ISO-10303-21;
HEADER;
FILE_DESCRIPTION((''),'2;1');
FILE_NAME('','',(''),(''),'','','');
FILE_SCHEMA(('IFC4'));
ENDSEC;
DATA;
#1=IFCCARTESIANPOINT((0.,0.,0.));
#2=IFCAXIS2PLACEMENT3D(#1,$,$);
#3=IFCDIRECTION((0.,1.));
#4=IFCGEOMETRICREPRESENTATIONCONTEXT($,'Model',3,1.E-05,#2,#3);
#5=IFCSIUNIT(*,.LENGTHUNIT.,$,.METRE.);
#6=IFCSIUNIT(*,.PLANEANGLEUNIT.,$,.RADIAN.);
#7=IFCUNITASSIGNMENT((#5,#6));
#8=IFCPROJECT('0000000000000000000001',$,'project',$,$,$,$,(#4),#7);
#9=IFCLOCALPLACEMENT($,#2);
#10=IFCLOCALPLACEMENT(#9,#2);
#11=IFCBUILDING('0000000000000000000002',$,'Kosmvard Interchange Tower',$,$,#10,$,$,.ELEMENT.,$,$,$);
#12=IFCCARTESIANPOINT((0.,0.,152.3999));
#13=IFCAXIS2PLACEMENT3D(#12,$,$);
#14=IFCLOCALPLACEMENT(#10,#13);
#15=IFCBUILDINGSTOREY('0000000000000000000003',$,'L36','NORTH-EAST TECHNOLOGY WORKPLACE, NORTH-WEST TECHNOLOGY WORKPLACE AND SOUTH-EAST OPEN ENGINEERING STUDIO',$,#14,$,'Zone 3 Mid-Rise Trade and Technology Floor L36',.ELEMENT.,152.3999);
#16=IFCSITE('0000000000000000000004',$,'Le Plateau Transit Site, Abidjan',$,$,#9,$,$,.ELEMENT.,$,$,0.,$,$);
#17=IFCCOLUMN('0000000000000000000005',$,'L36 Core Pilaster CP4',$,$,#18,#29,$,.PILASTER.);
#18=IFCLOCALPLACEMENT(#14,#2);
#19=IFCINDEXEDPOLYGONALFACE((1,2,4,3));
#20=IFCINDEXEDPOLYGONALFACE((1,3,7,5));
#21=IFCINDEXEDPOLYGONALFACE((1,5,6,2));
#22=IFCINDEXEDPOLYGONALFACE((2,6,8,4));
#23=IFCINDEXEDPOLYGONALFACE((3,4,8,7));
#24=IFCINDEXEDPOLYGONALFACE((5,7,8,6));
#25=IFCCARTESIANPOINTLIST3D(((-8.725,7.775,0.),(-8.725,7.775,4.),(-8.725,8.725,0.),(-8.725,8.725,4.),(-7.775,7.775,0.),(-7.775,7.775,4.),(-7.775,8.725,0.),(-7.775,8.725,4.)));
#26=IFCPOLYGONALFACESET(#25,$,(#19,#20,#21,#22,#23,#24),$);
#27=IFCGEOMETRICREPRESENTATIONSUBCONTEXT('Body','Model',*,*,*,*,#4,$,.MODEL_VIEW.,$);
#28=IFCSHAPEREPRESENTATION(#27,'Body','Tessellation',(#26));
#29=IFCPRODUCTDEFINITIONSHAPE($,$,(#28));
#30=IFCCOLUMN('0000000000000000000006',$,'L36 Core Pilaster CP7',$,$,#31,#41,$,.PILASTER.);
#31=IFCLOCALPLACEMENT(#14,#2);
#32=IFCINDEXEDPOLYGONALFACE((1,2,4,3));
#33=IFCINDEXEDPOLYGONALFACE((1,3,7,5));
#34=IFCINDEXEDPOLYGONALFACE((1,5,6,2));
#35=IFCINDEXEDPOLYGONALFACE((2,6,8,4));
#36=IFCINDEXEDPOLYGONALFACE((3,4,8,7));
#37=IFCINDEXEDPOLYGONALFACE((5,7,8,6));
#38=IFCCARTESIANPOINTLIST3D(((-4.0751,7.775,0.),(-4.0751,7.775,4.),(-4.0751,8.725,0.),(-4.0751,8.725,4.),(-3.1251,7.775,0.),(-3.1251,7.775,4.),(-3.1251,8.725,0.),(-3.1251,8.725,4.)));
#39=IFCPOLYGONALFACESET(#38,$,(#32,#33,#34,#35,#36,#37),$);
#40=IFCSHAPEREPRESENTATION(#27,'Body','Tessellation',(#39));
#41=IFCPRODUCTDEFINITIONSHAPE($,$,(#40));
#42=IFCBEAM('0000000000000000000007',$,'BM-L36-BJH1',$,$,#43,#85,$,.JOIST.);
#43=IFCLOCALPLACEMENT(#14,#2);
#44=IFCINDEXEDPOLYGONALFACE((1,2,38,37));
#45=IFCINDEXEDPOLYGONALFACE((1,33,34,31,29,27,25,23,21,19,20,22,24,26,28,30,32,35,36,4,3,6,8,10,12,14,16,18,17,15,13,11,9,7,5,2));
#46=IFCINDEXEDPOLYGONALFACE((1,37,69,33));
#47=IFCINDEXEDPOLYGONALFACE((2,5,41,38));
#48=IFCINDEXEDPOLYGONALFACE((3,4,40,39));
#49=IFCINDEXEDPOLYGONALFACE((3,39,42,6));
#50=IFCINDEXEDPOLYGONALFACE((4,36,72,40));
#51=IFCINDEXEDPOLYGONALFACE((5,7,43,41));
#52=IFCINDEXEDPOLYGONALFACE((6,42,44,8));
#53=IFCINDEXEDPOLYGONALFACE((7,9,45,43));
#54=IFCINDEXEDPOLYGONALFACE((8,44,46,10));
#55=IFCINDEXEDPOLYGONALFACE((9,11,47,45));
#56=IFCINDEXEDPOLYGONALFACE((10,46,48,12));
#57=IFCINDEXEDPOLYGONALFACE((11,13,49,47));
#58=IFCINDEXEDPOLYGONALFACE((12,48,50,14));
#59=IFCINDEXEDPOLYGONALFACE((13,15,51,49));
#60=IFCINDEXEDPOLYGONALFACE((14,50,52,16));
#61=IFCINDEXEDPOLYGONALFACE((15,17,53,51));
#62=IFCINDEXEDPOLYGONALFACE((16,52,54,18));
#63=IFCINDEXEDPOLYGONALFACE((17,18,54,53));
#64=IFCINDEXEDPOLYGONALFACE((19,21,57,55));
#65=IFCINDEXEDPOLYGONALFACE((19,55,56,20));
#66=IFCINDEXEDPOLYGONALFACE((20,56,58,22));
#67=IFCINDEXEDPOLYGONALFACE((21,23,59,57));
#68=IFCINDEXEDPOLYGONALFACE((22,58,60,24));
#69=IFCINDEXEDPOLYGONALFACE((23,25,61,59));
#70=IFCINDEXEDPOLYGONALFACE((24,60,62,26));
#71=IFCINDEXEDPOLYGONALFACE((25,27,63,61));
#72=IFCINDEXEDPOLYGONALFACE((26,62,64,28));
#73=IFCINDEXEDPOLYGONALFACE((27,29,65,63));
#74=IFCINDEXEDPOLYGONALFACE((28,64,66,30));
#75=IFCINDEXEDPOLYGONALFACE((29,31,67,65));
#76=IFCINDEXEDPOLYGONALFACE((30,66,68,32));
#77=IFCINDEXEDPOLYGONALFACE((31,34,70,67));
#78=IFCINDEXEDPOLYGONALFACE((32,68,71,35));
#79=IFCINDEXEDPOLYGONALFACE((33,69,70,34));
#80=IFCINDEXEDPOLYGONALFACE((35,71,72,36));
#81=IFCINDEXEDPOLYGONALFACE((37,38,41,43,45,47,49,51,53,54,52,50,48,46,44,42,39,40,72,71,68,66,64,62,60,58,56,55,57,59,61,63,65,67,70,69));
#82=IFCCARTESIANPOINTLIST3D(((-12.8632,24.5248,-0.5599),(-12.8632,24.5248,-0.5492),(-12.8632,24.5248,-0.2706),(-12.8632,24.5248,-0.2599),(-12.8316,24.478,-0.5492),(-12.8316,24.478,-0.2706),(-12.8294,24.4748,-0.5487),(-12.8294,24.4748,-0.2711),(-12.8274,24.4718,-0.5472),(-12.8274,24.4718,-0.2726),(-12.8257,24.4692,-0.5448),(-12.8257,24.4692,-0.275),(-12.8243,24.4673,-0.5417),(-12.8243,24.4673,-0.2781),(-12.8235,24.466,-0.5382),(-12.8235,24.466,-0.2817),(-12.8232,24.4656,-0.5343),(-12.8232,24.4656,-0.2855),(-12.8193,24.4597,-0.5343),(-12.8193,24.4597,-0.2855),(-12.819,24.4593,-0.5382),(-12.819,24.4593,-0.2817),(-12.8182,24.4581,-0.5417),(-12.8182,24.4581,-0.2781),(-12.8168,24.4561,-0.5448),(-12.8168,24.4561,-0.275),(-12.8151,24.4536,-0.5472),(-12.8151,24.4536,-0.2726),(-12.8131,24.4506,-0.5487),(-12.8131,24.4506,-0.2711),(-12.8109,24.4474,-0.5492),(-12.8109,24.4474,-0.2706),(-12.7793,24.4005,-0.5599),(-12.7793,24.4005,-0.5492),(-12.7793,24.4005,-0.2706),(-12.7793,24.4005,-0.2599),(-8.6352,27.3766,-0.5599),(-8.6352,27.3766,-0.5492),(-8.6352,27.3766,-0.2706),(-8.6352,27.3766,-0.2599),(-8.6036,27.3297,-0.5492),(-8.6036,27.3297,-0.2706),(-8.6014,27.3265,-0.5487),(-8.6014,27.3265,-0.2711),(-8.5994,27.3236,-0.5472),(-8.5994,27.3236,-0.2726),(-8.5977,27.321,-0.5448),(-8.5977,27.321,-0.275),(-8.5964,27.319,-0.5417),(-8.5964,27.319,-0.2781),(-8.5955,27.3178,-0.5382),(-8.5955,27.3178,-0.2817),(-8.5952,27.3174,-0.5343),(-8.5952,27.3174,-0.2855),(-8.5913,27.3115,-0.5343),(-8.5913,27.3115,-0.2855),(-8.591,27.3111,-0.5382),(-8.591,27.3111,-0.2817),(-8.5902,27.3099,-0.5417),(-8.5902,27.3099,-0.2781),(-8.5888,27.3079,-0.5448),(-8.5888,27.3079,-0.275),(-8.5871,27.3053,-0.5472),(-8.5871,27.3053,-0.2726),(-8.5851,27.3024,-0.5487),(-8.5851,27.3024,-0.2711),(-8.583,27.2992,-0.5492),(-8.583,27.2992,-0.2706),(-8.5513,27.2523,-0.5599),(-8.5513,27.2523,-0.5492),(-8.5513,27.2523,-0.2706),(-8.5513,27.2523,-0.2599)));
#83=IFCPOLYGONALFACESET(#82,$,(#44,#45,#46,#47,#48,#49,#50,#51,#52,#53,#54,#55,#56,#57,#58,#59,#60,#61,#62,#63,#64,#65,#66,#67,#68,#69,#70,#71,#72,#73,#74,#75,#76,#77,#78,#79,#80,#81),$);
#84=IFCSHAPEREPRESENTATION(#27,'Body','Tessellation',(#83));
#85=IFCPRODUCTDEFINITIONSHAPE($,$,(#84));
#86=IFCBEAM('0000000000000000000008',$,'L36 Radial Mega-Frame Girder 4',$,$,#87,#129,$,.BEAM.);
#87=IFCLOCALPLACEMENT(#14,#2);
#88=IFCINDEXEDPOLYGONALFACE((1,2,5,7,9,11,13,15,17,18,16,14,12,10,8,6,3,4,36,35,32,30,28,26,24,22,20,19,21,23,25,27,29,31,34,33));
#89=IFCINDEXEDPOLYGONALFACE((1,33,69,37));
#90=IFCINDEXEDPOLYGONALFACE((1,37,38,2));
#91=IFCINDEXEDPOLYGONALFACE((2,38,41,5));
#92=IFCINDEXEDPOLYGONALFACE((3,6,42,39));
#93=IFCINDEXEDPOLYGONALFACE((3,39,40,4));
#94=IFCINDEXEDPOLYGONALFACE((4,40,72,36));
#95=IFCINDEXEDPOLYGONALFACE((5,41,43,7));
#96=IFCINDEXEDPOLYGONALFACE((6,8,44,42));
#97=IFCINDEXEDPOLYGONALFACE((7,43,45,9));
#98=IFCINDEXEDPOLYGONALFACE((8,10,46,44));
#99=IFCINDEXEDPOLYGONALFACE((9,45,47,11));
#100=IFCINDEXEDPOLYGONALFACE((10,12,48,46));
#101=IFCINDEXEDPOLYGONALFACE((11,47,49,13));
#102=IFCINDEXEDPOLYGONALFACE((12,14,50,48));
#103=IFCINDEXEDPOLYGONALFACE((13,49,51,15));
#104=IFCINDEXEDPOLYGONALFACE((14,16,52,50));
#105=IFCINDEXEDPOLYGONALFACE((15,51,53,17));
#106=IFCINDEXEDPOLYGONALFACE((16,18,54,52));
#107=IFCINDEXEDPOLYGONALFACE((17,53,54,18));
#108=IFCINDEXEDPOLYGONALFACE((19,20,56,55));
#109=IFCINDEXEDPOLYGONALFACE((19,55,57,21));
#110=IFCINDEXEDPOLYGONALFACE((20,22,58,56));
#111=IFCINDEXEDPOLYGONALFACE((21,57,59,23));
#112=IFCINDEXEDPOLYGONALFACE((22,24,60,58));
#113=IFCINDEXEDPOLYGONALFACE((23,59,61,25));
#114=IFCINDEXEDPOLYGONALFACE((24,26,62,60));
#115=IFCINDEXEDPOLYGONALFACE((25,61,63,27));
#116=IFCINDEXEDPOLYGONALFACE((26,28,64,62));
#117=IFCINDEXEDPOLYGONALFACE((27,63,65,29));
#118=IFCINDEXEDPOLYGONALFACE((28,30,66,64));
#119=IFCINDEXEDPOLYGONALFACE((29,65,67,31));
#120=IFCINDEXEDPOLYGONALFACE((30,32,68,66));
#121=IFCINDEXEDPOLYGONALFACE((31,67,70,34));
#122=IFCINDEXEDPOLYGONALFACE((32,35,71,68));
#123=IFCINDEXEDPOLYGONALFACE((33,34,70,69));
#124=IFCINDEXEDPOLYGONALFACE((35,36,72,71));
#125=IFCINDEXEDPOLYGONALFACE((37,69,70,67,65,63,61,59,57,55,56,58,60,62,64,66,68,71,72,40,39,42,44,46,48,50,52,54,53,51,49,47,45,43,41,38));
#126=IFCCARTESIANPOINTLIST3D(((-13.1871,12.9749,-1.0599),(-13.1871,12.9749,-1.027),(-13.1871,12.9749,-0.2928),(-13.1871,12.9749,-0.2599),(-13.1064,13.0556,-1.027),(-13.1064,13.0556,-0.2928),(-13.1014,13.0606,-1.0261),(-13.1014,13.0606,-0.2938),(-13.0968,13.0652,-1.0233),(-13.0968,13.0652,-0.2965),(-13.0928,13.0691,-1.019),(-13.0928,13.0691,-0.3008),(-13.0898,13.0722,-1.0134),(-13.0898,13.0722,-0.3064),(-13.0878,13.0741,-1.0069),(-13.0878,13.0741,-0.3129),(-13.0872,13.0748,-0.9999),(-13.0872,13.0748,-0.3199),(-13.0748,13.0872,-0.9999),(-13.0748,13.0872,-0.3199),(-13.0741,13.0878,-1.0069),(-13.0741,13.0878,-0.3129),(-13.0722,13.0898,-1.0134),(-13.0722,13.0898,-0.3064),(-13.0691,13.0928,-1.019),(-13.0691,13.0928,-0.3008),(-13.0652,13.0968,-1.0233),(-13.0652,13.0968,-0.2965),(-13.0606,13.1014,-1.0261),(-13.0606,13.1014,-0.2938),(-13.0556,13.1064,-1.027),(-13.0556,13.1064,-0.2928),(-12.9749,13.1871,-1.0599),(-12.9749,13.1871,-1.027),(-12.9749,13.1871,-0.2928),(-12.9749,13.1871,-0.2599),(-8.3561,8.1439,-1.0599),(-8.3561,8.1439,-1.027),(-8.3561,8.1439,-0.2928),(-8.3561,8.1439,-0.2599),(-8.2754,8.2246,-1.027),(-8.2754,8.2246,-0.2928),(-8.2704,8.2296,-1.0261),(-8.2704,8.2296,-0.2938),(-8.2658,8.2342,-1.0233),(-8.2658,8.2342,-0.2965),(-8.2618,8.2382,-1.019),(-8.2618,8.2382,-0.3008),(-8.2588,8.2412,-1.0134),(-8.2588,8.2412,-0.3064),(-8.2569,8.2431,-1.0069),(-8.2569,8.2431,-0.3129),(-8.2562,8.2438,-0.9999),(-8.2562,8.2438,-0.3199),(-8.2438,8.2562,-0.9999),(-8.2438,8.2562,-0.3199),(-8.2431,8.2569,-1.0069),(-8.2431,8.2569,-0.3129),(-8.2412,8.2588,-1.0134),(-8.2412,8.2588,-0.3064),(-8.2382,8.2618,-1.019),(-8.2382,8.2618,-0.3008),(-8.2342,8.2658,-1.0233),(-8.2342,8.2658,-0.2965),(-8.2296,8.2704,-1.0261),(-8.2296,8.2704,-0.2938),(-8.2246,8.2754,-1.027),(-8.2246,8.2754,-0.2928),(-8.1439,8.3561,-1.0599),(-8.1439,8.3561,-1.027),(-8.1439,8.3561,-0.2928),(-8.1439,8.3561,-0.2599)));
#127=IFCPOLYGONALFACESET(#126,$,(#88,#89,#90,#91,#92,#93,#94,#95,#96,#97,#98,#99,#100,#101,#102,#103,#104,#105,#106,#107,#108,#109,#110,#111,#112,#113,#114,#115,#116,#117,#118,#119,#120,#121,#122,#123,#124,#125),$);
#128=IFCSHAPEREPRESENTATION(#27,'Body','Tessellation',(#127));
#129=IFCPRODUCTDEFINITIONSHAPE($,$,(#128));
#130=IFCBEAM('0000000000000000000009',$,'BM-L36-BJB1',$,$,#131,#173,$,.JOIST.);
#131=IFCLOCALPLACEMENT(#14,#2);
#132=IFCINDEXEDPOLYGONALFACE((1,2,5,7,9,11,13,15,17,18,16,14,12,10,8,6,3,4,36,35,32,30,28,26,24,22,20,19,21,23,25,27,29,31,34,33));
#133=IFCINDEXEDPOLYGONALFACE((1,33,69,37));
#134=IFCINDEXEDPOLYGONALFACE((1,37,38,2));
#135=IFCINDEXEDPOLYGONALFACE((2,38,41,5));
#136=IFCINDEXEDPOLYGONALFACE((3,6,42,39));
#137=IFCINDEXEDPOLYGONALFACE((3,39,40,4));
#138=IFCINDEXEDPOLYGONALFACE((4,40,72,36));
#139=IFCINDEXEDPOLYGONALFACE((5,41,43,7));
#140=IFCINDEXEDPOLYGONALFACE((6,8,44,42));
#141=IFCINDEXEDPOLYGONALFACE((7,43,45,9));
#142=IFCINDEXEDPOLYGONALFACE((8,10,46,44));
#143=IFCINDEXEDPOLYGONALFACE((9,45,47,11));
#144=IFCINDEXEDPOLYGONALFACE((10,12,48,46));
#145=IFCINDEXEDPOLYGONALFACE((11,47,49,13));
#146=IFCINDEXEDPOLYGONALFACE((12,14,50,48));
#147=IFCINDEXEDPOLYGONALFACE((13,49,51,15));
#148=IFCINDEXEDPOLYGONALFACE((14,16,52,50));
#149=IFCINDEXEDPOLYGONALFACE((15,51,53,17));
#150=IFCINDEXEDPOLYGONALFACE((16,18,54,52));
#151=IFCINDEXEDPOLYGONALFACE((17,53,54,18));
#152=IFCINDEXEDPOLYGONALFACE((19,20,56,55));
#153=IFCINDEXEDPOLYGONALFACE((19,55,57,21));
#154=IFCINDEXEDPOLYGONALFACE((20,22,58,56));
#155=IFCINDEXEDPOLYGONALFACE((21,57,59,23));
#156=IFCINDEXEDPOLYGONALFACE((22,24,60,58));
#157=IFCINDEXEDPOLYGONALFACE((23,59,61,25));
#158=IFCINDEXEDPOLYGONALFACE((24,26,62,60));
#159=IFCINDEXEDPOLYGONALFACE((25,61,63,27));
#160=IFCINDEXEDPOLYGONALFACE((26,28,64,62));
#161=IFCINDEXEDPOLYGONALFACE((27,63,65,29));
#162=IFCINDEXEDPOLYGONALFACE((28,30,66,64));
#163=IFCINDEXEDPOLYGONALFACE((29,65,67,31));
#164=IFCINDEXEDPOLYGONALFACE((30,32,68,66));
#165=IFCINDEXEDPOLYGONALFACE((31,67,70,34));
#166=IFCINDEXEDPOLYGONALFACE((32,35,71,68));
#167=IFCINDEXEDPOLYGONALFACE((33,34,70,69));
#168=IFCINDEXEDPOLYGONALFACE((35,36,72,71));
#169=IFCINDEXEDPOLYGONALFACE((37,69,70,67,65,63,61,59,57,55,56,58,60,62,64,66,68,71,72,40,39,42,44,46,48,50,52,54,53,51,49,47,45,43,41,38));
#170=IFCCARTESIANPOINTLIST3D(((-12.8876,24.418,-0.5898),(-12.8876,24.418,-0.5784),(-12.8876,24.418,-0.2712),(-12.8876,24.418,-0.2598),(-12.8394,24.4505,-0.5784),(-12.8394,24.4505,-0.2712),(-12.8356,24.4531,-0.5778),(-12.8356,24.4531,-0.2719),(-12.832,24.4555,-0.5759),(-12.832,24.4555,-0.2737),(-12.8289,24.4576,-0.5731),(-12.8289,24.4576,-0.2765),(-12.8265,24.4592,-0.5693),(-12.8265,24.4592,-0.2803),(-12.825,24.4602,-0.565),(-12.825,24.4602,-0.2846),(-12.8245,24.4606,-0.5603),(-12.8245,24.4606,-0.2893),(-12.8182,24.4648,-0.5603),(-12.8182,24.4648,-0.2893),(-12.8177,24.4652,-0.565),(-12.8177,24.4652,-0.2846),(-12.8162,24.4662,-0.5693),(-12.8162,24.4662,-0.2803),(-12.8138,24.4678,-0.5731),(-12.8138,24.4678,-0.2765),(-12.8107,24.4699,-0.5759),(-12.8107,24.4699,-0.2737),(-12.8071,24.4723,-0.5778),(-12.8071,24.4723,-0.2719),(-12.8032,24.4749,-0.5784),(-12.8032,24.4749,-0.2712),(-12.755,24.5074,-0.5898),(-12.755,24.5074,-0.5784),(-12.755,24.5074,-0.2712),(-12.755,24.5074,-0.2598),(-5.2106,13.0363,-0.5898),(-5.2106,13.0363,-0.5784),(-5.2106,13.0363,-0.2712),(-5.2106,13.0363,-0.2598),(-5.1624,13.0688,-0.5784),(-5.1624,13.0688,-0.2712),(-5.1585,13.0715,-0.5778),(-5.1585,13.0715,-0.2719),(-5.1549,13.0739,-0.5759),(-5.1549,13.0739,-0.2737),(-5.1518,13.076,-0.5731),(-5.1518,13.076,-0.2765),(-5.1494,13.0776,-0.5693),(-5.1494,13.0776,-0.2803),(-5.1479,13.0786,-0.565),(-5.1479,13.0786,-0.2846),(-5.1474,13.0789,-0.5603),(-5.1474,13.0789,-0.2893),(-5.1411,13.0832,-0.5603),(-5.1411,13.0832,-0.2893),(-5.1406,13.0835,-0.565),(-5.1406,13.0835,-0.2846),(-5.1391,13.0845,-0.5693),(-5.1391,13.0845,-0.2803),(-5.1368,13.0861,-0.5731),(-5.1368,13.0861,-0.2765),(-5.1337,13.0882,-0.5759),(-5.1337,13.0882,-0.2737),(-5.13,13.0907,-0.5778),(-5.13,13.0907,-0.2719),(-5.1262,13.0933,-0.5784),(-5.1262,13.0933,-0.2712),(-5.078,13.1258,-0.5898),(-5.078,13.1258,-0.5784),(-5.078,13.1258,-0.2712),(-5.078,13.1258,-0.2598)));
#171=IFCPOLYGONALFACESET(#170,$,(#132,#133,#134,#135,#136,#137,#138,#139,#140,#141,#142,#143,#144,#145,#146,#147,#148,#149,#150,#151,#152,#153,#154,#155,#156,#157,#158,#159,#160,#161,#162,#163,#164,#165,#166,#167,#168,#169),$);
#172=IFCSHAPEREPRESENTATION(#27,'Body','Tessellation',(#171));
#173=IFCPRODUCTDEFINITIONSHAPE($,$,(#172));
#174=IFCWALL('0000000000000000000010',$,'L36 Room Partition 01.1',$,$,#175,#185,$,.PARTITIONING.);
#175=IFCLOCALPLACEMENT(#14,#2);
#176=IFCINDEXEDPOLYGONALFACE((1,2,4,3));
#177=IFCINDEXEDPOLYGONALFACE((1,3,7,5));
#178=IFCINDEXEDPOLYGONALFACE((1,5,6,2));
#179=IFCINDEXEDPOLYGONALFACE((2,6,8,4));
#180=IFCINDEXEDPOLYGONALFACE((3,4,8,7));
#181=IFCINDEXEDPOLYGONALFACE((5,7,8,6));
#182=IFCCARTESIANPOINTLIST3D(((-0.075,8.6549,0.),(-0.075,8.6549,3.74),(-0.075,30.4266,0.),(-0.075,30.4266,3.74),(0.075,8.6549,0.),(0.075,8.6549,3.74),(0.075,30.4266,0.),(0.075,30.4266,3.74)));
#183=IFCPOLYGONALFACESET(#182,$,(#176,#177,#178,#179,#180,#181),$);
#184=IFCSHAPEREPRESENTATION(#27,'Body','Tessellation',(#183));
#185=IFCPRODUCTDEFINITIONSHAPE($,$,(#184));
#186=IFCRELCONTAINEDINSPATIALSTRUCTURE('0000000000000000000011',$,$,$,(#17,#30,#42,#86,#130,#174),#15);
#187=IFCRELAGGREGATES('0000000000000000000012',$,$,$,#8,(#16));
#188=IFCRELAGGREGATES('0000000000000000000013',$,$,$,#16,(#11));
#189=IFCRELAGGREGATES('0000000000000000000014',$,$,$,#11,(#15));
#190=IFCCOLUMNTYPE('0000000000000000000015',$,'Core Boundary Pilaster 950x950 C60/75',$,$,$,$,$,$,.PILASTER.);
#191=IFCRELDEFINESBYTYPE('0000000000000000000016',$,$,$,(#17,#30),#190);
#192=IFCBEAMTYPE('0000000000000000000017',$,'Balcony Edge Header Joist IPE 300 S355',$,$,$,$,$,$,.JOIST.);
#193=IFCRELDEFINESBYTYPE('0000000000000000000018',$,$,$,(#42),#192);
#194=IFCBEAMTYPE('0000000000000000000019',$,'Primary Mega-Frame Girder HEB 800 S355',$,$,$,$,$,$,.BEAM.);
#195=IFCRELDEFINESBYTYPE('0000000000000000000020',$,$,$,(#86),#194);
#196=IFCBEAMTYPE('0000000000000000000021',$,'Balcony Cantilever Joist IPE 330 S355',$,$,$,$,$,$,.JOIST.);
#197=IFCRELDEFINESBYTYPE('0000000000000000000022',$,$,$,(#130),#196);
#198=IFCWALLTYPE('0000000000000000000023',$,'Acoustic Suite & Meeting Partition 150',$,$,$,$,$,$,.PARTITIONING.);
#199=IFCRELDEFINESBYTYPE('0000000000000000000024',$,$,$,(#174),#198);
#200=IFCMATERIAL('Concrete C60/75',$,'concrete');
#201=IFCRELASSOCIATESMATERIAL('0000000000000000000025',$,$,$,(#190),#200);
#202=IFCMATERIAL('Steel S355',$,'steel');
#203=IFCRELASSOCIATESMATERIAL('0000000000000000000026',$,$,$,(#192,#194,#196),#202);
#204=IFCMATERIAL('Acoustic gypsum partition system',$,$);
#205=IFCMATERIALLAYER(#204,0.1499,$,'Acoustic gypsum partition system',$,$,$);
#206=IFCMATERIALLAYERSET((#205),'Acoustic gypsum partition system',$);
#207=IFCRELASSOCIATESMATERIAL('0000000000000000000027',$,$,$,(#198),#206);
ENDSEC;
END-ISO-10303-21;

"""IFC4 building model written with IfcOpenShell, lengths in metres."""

from ifc_helpers import new_model, si_unit, direction, frame, frame_2d, origin, origin_2d, place, context, subcontext, project, spatial, rectangle, i_section, extrude, source, transform, mapped, material, layer, layer_set, material_profile, profile_set, type_object, element, save


model = new_model("IFC4")

# Units and contexts
model_context = context("Model", 3, precision=1e-05, world=origin(), true_north=direction((0.0, 1.0)))
body_context = subcontext(model_context, "Body", "Model", "MODEL_VIEW")
ifc_project = project(units=[si_unit("LENGTHUNIT", "METRE"), si_unit("PLANEANGLEUNIT", "RADIAN")], contexts=[model_context])

# Site, building, storey
site_placement = place(None, origin())
site = spatial("IfcSite", under=ifc_project, at=site_placement, Name="Le Plateau Transit Site, Abidjan", CompositionType="ELEMENT", RefElevation=0.0)
building_placement = place(site_placement, origin())
building = spatial("IfcBuilding", under=site, at=building_placement, Name="Kosmvard Interchange Tower", CompositionType="ELEMENT")
storey_placement = place(building_placement, frame((0.0, 0.0, 152.3999)))
storey = spatial("IfcBuildingStorey", under=building, at=storey_placement, Name="L36", Description="NORTH-EAST TECHNOLOGY WORKPLACE, NORTH-WEST TECHNOLOGY WORKPLACE AND SOUTH-EAST OPEN ENGINEERING STUDIO", LongName="Zone 3 Mid-Rise Trade and Technology Floor L36", CompositionType="ELEMENT", Elevation=152.3999)

# Columns
ifc_material_1 = material(Name="Concrete C60/75", Category="concrete")
ifc_material_profile_1 = material_profile(ifc_material_1, rectangle(XDim=0.95, YDim=0.95, at=origin_2d()), Name="CP 950x950")
ifc_profile_set_1 = profile_set([ifc_material_profile_1], Name="Concrete C60/75")
column_type = type_object("IfcColumnType", Name="Core Boundary Pilaster 950x950 C60/75", PredefinedType="PILASTER", material=ifc_profile_set_1)
shared_shape_1 = source(origin(), body_context, "Body", "SweptSolid", [
    extrude(rectangle(XDim=0.95, YDim=0.95, at=origin_2d()), origin(), (0.0, 0.0, 1.0), 4.0),
])
for number, where, z_axis, x_axis, name in (
    (1, (-8.25, 8.25, 0.0), (0.0, 0.0, 1.0), (1.0, 0.0, 0.0), "L36 Core Pilaster CP4"),
    (2, (-3.6001, 8.25, 0.0), (0.0, 0.0, 1.0), (1.0, 0.0, 0.0), "L36 Core Pilaster CP7"),
):
    element("IfcColumn", number, at=place(storey_placement, frame(where, z_axis=z_axis, x_axis=x_axis)), inside=storey, type_object=column_type, Name=name, PredefinedType="PILASTER", context=body_context, shape_type="MappedRepresentation", body=[
        mapped(shared_shape_1, transform((0.0, 0.0, 0.0), scale=1.0)),
    ])

# Beams
ifc_material_2 = material(Name="Steel S355", Category="steel")
ifc_material_profile_2 = material_profile(ifc_material_2, i_section(OverallWidth=0.1499, OverallDepth=0.3, WebThickness=0.0071, FlangeThickness=0.0107, FilletRadius=0.0149, at=origin_2d()), Name="IPE 300")
ifc_profile_set_2 = profile_set([ifc_material_profile_2], Name="Steel S355")
beam_type_1 = type_object("IfcBeamType", Name="Balcony Edge Header Joist IPE 300 S355", PredefinedType="JOIST", material=ifc_profile_set_2)
shared_shape_2 = source(origin(), body_context, "Body", "SweptSolid", [
    extrude(i_section(OverallWidth=0.1499, OverallDepth=0.3, WebThickness=0.0071, FlangeThickness=0.0107, FilletRadius=0.0149, at=origin_2d()), origin(), (0.0, 0.0, 1.0), 5.0999),
])
beam_1_placement = place(storey_placement, frame((-8.5933, 27.3145, -0.4099), z_axis=(-0.829041, -0.559188, 0.0), x_axis=(0.559188, -0.829041, 0.0)))
element("IfcBeam", 3, at=beam_1_placement, inside=storey, type_object=beam_type_1, Name="BM-L36-BJH1", PredefinedType="JOIST", context=body_context, shape_type="MappedRepresentation", body=[
    mapped(shared_shape_2, transform((0.0, 0.0, 0.0), scale=1.0)),
])
ifc_material_profile_3 = material_profile(ifc_material_2, i_section(OverallWidth=0.3, OverallDepth=0.8, WebThickness=0.0176, FlangeThickness=0.033, FilletRadius=0.0271, at=origin_2d()), Name="HEB 800")
ifc_profile_set_3 = profile_set([ifc_material_profile_3], Name="Steel S355")
beam_type_2 = type_object("IfcBeamType", Name="Primary Mega-Frame Girder HEB 800 S355", PredefinedType="BEAM", material=ifc_profile_set_3)
shared_shape_3 = source(origin(), body_context, "Body", "SweptSolid", [
    extrude(i_section(OverallWidth=0.3, OverallDepth=0.8, WebThickness=0.0176, FlangeThickness=0.033, FilletRadius=0.0271, at=origin_2d()), origin(), (0.0, 0.0, 1.0), 6.832),
])
beam_2_placement = place(storey_placement, frame((-8.25, 8.25, -0.6599), z_axis=(-0.707107, 0.707107, 0.0), x_axis=(-0.707107, -0.707107, 0.0)))
element("IfcBeam", 4, at=beam_2_placement, inside=storey, type_object=beam_type_2, Name="L36 Radial Mega-Frame Girder 4", PredefinedType="BEAM", context=body_context, shape_type="MappedRepresentation", body=[
    mapped(shared_shape_3, transform((0.0, 0.0, 0.0), scale=1.0)),
])
ifc_material_profile_4 = material_profile(ifc_material_2, i_section(OverallWidth=0.1599, OverallDepth=0.3301, WebThickness=0.0076, FlangeThickness=0.0115, FilletRadius=0.0181, at=origin_2d()), Name="IPE 330")
ifc_profile_set_4 = profile_set([ifc_material_profile_4], Name="Steel S355")
beam_type_3 = type_object("IfcBeamType", Name="Balcony Cantilever Joist IPE 330 S355", PredefinedType="JOIST", material=ifc_profile_set_4)
shared_shape_4 = source(origin(), body_context, "Body", "SweptSolid", [
    extrude(i_section(OverallWidth=0.1599, OverallDepth=0.3301, WebThickness=0.0076, FlangeThickness=0.0115, FilletRadius=0.0181, at=origin_2d()), origin(), (0.0, 0.0, 1.0), 13.7288),
])
beam_3_placement = place(storey_placement, frame((-5.1443, 13.0811, -0.4248), z_axis=(-0.559194, 0.829037, 0.0), x_axis=(-0.829037, -0.559194, 0.0)))
element("IfcBeam", 5, at=beam_3_placement, inside=storey, type_object=beam_type_3, Name="BM-L36-BJB1", PredefinedType="JOIST", context=body_context, shape_type="MappedRepresentation", body=[
    mapped(shared_shape_4, transform((0.0, 0.0, 0.0), scale=1.0)),
])

# Wall
ifc_material_3 = material(Name="Acoustic gypsum partition system")
ifc_layer_1 = layer(ifc_material_3, 0.1499, Name="Acoustic gypsum partition system")
ifc_layer_set_1 = layer_set([ifc_layer_1], Name="Acoustic gypsum partition system")
wall_type_1 = type_object("IfcWallType", Name="Acoustic Suite & Meeting Partition 150", PredefinedType="PARTITIONING", material=ifc_layer_set_1)
wall_1_placement = place(storey_placement, frame((0.0, 8.655, 0.0), z_axis=(0.0, 0.0, 1.0), x_axis=(0.0, 1.0, 0.0)))
element("IfcWall", 6, at=wall_1_placement, inside=storey, type_object=wall_type_1, Name="L36 Room Partition 01.1", PredefinedType="PARTITIONING", context=body_context, shape_type="SweptSolid", body=[
    extrude(rectangle(XDim=21.7717, YDim=0.1499, at=frame_2d((10.8857, 0.0))), origin(), (0.0, 0.0, 1.0), 3.74),
])

save(model, "model.ifc")
